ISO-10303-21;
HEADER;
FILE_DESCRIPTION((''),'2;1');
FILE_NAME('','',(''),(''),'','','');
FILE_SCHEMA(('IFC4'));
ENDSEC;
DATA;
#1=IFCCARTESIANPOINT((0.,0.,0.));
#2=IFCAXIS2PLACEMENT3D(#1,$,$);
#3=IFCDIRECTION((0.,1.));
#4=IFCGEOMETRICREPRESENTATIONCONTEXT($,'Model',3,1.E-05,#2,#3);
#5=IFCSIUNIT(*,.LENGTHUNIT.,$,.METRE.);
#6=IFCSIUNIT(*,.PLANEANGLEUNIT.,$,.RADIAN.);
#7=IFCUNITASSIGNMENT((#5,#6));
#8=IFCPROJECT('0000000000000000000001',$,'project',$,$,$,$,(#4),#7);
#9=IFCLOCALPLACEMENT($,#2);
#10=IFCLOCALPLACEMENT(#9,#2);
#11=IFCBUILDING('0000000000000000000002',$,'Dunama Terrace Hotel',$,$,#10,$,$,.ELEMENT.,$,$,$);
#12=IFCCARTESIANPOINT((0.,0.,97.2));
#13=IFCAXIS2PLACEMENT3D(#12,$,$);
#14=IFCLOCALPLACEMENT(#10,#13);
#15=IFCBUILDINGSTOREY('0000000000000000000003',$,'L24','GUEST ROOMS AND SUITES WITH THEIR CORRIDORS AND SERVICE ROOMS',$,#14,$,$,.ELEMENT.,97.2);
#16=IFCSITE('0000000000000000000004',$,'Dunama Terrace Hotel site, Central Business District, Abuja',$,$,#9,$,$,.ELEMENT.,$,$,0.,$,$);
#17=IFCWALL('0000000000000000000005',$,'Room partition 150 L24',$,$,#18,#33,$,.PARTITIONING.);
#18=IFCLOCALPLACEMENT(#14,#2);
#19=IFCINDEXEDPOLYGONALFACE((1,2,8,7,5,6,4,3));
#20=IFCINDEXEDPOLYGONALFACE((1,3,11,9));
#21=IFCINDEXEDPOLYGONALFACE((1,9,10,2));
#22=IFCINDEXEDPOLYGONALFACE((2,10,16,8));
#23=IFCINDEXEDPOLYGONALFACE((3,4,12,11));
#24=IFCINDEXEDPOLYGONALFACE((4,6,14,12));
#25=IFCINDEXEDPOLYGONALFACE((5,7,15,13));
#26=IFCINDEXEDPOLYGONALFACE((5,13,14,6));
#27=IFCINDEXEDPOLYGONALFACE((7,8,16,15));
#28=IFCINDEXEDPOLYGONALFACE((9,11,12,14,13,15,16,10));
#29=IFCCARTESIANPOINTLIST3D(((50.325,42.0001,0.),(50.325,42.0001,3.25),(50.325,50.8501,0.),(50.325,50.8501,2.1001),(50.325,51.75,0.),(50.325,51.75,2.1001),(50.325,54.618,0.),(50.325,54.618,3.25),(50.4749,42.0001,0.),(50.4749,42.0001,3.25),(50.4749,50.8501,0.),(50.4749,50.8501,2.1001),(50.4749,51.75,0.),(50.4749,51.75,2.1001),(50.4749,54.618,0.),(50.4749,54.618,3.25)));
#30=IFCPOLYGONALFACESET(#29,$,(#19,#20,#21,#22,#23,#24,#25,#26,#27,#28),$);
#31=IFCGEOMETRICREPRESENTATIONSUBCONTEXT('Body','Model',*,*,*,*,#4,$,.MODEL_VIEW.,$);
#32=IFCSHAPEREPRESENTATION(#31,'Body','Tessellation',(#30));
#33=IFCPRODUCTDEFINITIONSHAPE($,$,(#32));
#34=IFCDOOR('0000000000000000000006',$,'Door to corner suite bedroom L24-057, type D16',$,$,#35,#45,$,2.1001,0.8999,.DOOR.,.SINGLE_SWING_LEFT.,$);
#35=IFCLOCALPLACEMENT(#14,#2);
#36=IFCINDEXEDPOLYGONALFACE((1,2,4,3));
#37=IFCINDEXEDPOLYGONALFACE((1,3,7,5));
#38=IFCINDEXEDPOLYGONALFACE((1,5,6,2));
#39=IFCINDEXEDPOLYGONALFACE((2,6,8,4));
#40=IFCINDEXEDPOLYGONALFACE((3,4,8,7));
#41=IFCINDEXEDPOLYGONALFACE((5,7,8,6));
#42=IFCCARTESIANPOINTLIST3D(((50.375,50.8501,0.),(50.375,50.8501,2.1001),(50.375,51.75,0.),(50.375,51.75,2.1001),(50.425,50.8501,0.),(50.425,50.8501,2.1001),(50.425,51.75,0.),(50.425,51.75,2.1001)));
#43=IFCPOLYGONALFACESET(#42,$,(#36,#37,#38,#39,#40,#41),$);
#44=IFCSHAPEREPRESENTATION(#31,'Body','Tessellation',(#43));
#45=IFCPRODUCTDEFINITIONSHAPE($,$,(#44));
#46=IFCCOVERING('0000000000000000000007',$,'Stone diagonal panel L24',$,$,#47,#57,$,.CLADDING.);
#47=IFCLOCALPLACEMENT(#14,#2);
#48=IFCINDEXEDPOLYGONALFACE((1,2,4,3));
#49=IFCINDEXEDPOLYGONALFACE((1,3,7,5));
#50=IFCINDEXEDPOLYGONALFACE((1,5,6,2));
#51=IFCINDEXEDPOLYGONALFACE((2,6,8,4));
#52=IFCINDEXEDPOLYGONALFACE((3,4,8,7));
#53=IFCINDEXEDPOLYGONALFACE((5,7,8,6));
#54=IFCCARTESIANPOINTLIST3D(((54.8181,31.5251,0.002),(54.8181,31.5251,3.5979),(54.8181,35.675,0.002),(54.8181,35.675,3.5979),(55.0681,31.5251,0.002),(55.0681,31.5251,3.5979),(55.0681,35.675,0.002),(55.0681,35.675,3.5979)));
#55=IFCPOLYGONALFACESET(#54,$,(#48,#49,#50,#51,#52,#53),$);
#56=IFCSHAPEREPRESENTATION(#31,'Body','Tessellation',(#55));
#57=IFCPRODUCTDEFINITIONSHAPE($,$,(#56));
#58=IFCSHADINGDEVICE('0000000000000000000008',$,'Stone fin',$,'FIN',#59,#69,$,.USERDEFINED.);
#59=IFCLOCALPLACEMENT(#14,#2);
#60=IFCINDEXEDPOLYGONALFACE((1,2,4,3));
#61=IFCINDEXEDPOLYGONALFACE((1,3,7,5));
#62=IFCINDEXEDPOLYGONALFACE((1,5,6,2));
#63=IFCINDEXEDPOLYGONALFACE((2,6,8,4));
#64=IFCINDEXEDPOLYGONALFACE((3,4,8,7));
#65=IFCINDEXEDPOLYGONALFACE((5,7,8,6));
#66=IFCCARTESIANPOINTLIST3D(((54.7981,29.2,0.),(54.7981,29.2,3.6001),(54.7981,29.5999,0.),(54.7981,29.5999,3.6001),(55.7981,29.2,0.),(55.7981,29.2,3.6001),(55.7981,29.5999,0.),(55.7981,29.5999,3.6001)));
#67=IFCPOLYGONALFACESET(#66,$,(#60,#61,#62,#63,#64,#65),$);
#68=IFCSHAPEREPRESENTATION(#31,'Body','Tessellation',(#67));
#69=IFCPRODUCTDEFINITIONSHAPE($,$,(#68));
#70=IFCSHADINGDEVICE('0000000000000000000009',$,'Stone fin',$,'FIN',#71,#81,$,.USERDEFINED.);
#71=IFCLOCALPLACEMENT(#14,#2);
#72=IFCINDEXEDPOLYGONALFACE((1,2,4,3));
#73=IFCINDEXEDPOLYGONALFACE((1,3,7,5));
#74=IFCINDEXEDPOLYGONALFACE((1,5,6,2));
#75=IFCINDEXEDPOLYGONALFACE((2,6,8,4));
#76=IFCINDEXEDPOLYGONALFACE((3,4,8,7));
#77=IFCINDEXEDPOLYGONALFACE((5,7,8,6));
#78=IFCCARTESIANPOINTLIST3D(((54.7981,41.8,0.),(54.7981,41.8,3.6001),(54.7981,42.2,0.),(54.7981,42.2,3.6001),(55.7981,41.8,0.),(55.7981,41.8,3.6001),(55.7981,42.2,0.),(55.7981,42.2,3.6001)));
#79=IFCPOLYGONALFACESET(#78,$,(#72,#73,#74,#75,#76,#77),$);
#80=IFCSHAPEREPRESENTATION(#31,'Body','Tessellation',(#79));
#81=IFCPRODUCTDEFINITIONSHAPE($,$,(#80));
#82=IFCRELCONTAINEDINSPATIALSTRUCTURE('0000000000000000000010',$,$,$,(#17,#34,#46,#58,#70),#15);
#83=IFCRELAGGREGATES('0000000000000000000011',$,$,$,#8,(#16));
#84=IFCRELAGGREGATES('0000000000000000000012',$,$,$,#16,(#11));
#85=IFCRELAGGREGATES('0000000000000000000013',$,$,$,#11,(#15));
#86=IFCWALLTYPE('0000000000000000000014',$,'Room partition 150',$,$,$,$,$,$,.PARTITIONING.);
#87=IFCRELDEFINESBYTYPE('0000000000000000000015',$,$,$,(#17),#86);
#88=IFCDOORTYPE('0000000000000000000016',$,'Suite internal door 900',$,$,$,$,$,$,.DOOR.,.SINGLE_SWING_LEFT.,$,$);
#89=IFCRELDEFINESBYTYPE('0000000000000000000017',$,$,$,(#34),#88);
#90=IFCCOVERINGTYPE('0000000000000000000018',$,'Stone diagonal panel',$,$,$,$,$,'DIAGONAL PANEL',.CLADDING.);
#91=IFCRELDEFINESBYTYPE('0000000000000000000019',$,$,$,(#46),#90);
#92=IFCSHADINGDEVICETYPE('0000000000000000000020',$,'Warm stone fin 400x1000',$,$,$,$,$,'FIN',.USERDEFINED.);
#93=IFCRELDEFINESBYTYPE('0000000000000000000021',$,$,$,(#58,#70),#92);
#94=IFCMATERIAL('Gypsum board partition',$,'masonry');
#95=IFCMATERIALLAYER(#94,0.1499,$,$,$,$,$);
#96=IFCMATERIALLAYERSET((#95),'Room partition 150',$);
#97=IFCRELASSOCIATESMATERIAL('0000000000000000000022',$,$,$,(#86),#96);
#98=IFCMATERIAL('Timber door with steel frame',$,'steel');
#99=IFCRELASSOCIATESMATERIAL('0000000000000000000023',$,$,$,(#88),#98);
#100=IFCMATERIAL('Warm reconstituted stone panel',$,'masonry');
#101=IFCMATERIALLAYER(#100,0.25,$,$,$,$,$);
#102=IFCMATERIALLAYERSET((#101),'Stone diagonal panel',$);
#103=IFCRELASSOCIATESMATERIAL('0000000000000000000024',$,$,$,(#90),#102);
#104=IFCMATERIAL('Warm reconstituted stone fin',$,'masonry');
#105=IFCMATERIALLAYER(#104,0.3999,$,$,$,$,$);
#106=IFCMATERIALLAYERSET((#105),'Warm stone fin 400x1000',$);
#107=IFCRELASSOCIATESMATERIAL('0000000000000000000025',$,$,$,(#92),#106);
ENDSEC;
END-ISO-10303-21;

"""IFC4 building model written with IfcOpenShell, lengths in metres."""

from ifc_helpers import new_model, si_unit, direction, frame, frame_2d, origin, origin_2d, place, context, subcontext, project, spatial, rectangle, extrude, material, layer, layer_set, type_object, element, fill, save


model = new_model("IFC4")

# Units and contexts
model_context = context("Model", 3, precision=1e-05, world=origin(), true_north=direction((0.0, 1.0)))
body_context = subcontext(model_context, "Body", "Model", "MODEL_VIEW")
ifc_project = project(units=[si_unit("LENGTHUNIT", "METRE"), si_unit("PLANEANGLEUNIT", "RADIAN")], contexts=[model_context])

# Site, building, storey
site_placement = place(None, origin())
site = spatial("IfcSite", under=ifc_project, at=site_placement, Name="Dunama Terrace Hotel site, Central Business District, Abuja", CompositionType="ELEMENT", RefElevation=0.0)
building_placement = place(site_placement, origin())
building = spatial("IfcBuilding", under=site, at=building_placement, Name="Dunama Terrace Hotel", CompositionType="ELEMENT")
storey_placement = place(building_placement, frame((0.0, 0.0, 97.2)))
storey = spatial("IfcBuildingStorey", under=building, at=storey_placement, Name="L24", Description="GUEST ROOMS AND SUITES WITH THEIR CORRIDORS AND SERVICE ROOMS", CompositionType="ELEMENT", Elevation=97.2)

# Wall, opening, door
ifc_material_1 = material(Name="Gypsum board partition", Category="masonry")
ifc_layer_1 = layer(ifc_material_1, 0.1499)
ifc_layer_set_1 = layer_set([ifc_layer_1], Name="Room partition 150")
wall_type_1 = type_object("IfcWallType", Name="Room partition 150", PredefinedType="PARTITIONING", material=ifc_layer_set_1)
wall_1_placement = place(storey_placement, frame((50.3999, 42.0, 0.0), z_axis=(0.0, 0.0, 1.0), x_axis=(0.0, 1.0, 0.0)))
wall_1 = element("IfcWall", 1, at=wall_1_placement, inside=storey, type_object=wall_type_1, Name="Room partition 150 L24", PredefinedType="PARTITIONING", context=body_context, shape_type="SweptSolid", body=[
    extrude(rectangle(XDim=12.6179, YDim=0.1499, at=frame_2d((6.3091, 0.0))), origin(), (0.0, 0.0, 1.0), 3.25),
])
opening_1_placement = place(wall_1_placement, frame((8.8501, 0.0, 0.0)))
opening_1 = element("IfcOpeningElement", 2, at=opening_1_placement, cuts=wall_1, PredefinedType="OPENING", context=body_context, shape_type="SweptSolid", body=[
    extrude(rectangle(XDim=0.8999, YDim=2.1001, at=frame_2d((0.45, 1.05))), frame((0.0, 0.085, 0.0), z_axis=(0.0, -1.0, 0.0), x_axis=(1.0, 0.0, 0.0)), (0.0, 0.0, 1.0), 0.1699),
])
ifc_material_2 = material(Name="Timber door with steel frame", Category="steel")
door_type_1 = type_object("IfcDoorType", Name="Suite internal door 900", OperationType="SINGLE_SWING_LEFT", PredefinedType="DOOR", material=ifc_material_2)
door_1_placement = place(opening_1_placement, frame((0.8999, 0.0, 0.0), z_axis=(0.0, 0.0, 1.0), x_axis=(-1.0, 0.0, 0.0)))
door_1 = element("IfcDoor", 3, at=door_1_placement, inside=storey, type_object=door_type_1, Name="Door to corner suite bedroom L24-057, type D16", OperationType="SINGLE_SWING_LEFT", OverallHeight=2.1001, OverallWidth=0.8999, PredefinedType="DOOR", context=body_context, shape_type="SweptSolid", body=[
    extrude(rectangle(XDim=0.8999, YDim=2.1001, at=frame_2d((0.45, 1.05))), frame((0.0, 0.0251, 0.0), z_axis=(0.0, -1.0, 0.0), x_axis=(1.0, 0.0, 0.0)), (0.0, 0.0, 1.0), 0.05),
])
fill(opening_1, door_1)

# Covering
ifc_material_3 = material(Name="Warm reconstituted stone panel", Category="masonry")
ifc_layer_2 = layer(ifc_material_3, 0.25)
ifc_layer_set_2 = layer_set([ifc_layer_2], Name="Stone diagonal panel")
covering_type = type_object("IfcCoveringType", Name="Stone diagonal panel", ElementType="DIAGONAL PANEL", PredefinedType="CLADDING", material=ifc_layer_set_2)
covering_placement = place(storey_placement, frame((54.9431, 33.6001, 0.002), z_axis=(0.0, 0.0, 1.0), x_axis=(0.0, 1.0, 0.0)))
element("IfcCovering", 4, at=covering_placement, inside=storey, type_object=covering_type, Name="Stone diagonal panel L24", PredefinedType="CLADDING", context=body_context, shape_type="SweptSolid", body=[
    extrude(rectangle(XDim=4.1499, YDim=0.25, at=origin_2d()), origin(), (0.0, 0.0, 1.0), 3.5959),
])

# Shading devices
ifc_material_4 = material(Name="Warm reconstituted stone fin", Category="masonry")
ifc_layer_3 = layer(ifc_material_4, 0.3999)
ifc_layer_set_3 = layer_set([ifc_layer_3], Name="Warm stone fin 400x1000")
shading_device_type = type_object("IfcShadingDeviceType", Name="Warm stone fin 400x1000", ElementType="FIN", PredefinedType="USERDEFINED", material=ifc_layer_set_3)
for number, where, z_axis, x_axis, name in (
    (5, (55.2981, 29.3999, 0.0), (0.0, 0.0, 1.0), (0.0, 1.0, 0.0), "Stone fin"),
    (6, (55.2981, 42.0, 0.0), (0.0, 0.0, 1.0), (0.0, 1.0, 0.0), "Stone fin"),
):
    element("IfcShadingDevice", number, at=place(storey_placement, frame(where, z_axis=z_axis, x_axis=x_axis)), inside=storey, type_object=shading_device_type, Name=name, ObjectType="FIN", PredefinedType="USERDEFINED", context=body_context, shape_type="SweptSolid", body=[
        extrude(rectangle(XDim=0.3999, YDim=1.0, at=origin_2d()), origin(), (0.0, 0.0, 1.0), 3.6001),
    ])

save(model, "model.ifc")
